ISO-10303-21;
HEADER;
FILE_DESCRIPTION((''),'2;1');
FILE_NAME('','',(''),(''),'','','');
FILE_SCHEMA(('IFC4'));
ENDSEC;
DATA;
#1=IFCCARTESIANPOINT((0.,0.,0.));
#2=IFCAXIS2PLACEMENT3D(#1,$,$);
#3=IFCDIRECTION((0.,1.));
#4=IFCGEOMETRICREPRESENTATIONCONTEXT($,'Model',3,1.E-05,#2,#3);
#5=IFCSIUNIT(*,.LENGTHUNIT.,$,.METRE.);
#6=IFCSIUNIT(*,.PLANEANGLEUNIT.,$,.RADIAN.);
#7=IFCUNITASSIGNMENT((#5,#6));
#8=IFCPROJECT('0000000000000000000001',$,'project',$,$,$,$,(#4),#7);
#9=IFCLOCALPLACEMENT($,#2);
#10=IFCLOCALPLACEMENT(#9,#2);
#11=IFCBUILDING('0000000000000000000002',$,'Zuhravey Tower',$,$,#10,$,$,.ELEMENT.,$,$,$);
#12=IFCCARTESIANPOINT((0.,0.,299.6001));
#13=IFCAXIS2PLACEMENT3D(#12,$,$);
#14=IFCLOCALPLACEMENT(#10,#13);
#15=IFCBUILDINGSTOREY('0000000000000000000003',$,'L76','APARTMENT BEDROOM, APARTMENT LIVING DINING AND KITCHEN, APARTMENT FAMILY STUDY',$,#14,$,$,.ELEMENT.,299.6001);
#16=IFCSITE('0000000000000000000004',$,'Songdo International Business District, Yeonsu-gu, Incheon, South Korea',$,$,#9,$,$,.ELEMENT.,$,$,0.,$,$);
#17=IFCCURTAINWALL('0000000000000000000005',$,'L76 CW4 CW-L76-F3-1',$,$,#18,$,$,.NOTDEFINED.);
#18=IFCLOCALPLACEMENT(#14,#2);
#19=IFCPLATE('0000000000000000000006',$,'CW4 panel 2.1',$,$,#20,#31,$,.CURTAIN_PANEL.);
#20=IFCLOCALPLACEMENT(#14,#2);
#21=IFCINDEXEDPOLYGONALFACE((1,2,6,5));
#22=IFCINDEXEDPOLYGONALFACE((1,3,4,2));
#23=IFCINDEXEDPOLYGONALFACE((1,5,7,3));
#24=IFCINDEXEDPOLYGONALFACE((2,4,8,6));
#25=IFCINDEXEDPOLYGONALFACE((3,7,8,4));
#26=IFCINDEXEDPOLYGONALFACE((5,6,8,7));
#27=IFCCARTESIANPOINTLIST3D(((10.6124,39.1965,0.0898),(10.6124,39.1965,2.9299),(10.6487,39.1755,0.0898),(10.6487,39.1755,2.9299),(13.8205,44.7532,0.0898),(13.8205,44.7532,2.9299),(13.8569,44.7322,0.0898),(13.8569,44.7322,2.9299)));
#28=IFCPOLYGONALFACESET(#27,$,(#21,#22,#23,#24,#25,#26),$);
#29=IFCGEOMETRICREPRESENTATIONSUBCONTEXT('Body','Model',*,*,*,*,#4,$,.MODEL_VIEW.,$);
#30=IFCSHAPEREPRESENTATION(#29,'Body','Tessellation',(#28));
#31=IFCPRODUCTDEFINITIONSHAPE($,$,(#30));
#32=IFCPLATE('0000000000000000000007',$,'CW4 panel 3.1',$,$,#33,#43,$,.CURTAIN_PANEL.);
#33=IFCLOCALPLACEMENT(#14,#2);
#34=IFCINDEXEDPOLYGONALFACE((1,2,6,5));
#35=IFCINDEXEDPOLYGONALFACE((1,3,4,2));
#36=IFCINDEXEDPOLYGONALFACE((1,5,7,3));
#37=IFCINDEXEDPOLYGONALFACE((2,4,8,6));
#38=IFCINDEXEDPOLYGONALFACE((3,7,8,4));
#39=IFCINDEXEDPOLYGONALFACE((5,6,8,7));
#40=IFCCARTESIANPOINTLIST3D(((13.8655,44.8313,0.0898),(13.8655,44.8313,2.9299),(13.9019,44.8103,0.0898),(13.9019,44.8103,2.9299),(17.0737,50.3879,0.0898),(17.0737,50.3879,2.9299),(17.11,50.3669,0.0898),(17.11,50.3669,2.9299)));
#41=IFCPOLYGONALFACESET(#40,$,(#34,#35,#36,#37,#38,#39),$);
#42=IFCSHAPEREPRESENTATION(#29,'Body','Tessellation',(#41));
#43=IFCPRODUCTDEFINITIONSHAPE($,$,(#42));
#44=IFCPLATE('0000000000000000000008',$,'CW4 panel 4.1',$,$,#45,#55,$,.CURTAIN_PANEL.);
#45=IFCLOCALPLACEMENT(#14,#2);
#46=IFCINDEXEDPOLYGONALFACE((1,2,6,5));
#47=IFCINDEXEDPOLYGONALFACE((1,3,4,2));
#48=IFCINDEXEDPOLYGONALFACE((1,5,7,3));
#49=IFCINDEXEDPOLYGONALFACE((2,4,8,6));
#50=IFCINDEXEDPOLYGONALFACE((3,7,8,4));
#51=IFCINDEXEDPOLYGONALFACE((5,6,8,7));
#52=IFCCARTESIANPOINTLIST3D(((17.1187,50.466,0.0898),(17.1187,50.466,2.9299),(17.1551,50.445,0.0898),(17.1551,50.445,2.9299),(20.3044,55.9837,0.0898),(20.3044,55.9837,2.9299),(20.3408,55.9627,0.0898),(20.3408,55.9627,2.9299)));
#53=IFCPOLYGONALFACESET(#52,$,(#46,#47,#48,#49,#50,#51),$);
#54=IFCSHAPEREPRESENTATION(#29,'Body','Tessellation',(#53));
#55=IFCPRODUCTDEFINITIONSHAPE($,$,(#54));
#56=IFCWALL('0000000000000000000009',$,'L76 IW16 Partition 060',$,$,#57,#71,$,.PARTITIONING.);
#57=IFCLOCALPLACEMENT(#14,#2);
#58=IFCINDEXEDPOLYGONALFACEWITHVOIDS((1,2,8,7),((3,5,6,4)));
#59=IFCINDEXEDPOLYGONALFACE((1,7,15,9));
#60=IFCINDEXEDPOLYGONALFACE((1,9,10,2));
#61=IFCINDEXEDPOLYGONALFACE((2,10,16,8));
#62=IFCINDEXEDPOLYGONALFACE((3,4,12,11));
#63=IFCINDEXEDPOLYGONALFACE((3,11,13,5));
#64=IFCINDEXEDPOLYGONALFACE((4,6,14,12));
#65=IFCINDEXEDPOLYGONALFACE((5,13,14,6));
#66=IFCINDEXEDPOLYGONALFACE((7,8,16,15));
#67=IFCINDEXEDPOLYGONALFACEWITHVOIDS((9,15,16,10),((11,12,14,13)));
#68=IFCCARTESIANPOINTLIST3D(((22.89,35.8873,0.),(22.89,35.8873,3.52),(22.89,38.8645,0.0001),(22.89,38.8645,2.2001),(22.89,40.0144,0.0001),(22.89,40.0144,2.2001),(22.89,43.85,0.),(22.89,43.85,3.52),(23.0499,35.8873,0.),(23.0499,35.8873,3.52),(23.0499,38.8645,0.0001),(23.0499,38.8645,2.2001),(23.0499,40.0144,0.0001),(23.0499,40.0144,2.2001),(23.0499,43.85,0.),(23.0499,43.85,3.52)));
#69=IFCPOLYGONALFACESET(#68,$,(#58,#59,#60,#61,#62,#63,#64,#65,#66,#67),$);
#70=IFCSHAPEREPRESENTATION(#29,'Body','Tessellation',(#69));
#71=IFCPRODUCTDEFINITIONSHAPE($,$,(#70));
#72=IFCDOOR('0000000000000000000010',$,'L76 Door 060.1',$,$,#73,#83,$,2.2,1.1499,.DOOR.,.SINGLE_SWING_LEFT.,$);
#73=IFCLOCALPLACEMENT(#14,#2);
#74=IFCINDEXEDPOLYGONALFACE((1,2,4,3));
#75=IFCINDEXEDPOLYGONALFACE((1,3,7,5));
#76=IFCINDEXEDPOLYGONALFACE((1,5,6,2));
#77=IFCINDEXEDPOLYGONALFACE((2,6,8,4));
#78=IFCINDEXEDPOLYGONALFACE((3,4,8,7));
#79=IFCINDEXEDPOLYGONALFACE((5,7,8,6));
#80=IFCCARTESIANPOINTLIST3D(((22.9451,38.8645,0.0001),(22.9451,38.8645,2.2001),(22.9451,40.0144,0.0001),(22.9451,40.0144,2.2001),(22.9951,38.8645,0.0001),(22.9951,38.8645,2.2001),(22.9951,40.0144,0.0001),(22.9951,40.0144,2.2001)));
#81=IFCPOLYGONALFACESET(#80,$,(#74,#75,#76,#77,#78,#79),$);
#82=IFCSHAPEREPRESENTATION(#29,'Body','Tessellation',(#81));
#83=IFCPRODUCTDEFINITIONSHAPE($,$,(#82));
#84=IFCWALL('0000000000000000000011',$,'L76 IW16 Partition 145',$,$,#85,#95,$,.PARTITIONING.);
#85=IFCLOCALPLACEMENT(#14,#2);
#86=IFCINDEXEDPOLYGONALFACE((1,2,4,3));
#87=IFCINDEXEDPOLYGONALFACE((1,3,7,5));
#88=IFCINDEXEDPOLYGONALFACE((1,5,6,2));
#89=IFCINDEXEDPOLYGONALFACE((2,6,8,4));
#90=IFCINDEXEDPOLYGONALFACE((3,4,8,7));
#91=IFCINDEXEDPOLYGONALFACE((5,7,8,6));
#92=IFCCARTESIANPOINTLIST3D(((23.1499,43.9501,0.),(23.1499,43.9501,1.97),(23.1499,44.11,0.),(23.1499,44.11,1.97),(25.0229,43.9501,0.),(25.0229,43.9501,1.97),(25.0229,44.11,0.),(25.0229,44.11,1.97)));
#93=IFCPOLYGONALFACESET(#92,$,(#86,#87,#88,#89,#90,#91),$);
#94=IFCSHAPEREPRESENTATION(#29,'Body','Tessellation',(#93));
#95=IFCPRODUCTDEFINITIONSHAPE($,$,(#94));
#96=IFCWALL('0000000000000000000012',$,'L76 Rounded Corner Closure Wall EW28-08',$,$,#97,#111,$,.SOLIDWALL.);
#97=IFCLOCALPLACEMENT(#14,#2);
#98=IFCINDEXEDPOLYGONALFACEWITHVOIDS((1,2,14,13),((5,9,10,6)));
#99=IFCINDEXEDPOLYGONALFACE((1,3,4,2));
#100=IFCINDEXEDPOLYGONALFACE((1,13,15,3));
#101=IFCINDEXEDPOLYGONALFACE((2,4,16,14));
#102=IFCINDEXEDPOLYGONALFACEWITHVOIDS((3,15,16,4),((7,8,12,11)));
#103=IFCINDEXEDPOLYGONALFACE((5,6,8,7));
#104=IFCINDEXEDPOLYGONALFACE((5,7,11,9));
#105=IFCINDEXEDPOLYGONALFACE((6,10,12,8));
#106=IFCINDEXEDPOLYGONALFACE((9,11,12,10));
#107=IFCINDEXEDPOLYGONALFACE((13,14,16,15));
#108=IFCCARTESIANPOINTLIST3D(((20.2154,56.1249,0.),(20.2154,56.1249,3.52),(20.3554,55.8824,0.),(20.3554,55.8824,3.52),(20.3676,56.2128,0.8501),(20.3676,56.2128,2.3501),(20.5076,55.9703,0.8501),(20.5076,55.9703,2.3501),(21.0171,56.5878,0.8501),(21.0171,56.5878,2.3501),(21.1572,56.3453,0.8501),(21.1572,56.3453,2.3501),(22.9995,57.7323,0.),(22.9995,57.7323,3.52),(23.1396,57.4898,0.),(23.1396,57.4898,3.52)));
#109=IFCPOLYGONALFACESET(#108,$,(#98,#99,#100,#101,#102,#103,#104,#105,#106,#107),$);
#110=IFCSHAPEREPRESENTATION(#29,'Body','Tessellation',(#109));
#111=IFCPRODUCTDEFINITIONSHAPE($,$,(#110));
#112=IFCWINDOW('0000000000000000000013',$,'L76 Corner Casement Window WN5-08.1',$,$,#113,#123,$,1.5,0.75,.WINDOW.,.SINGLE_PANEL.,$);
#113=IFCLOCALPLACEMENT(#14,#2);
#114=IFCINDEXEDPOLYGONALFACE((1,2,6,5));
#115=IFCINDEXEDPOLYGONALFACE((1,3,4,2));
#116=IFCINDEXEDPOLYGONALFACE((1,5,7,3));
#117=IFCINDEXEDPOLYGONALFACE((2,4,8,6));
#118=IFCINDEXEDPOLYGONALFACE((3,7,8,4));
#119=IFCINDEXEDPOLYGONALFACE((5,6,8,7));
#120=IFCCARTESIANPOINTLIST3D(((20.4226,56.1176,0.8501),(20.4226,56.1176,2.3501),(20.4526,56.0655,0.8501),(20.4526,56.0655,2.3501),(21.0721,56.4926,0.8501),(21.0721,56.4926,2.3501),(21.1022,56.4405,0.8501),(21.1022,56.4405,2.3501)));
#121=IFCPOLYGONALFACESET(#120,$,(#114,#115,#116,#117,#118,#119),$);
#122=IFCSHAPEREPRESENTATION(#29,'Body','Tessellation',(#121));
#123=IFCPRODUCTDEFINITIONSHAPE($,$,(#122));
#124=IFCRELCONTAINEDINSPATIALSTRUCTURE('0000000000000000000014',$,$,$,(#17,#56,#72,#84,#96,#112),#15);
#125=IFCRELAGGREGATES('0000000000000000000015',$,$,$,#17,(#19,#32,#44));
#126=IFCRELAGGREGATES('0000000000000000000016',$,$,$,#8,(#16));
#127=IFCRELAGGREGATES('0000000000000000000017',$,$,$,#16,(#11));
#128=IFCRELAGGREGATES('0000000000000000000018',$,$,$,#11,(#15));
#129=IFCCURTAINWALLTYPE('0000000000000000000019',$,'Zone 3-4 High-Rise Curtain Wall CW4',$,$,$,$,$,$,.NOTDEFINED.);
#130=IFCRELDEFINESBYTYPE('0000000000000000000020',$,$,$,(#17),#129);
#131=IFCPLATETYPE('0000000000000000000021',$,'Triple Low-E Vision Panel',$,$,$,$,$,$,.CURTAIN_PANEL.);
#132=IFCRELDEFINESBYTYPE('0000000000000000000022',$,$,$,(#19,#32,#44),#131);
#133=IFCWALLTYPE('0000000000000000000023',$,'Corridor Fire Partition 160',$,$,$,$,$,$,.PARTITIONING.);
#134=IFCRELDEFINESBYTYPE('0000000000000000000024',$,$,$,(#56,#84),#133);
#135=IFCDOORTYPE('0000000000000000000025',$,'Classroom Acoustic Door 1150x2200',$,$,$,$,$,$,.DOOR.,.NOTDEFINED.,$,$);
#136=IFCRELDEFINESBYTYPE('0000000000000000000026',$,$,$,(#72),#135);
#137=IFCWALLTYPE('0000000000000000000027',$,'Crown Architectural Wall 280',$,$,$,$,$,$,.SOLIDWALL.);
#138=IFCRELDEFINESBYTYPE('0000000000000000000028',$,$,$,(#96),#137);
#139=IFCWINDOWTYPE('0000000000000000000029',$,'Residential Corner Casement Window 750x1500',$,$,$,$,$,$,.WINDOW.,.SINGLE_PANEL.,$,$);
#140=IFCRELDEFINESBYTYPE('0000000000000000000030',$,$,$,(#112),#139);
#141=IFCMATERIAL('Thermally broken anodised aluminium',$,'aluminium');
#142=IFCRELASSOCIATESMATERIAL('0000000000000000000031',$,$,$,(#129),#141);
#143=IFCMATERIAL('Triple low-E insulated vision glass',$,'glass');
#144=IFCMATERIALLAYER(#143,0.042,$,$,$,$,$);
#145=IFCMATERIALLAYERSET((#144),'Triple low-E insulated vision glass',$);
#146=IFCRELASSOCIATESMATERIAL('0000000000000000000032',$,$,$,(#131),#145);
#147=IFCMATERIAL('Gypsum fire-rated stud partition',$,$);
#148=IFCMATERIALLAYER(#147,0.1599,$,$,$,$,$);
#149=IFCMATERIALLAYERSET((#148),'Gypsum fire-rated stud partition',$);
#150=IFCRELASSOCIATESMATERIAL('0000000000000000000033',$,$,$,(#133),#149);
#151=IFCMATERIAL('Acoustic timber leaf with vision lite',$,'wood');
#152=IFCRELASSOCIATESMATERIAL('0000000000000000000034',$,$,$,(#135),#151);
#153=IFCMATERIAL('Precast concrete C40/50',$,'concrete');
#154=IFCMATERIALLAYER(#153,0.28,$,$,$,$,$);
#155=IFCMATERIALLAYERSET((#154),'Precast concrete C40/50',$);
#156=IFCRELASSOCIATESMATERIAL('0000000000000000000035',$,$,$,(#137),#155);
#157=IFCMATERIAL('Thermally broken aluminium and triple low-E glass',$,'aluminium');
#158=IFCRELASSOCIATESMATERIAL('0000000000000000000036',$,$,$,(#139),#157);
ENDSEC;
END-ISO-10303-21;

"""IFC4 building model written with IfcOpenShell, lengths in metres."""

from ifc_helpers import new_model, si_unit, direction, frame, frame_2d, origin, origin_2d, place, context, subcontext, project, spatial, rectangle, extrude, material, layer, layer_set, type_object, element, fill, aggregate, save


model = new_model("IFC4")

# Units and contexts
model_context = context("Model", 3, precision=1e-05, world=origin(), true_north=direction((0.0, 1.0)))
body_context = subcontext(model_context, "Body", "Model", "MODEL_VIEW")
ifc_project = project(units=[si_unit("LENGTHUNIT", "METRE"), si_unit("PLANEANGLEUNIT", "RADIAN")], contexts=[model_context])

# Site, building, storey
site_placement = place(None, origin())
site = spatial("IfcSite", under=ifc_project, at=site_placement, Name="Songdo International Business District, Yeonsu-gu, Incheon, South Korea", CompositionType="ELEMENT", RefElevation=0.0)
building_placement = place(site_placement, origin())
building = spatial("IfcBuilding", under=site, at=building_placement, Name="Zuhravey Tower", CompositionType="ELEMENT")
storey_placement = place(building_placement, frame((0.0, 0.0, 299.6001)))
storey = spatial("IfcBuildingStorey", under=building, at=storey_placement, Name="L76", Description="APARTMENT BEDROOM, APARTMENT LIVING DINING AND KITCHEN, APARTMENT FAMILY STUDY", CompositionType="ELEMENT", Elevation=299.6001)

# Curtain wall
ifc_material_1 = material(Name="Thermally broken anodised aluminium", Category="aluminium")
curtain_wall_type = type_object("IfcCurtainWallType", Name="Zone 3-4 High-Rise Curtain Wall CW4", PredefinedType="NOTDEFINED", material=ifc_material_1)
curtain_wall_1_placement = place(storey_placement, origin())
curtain_wall_1 = element("IfcCurtainWall", 1, at=curtain_wall_1_placement, inside=storey, type_object=curtain_wall_type, Name="L76 CW4 CW-L76-F3-1", PredefinedType="NOTDEFINED")

# Plates
ifc_material_2 = material(Name="Triple low-E insulated vision glass", Category="glass")
ifc_layer_1 = layer(ifc_material_2, 0.042)
ifc_layer_set_1 = layer_set([ifc_layer_1], Name="Triple low-E insulated vision glass")
plate_type_1 = type_object("IfcPlateType", Name="Triple Low-E Vision Panel", PredefinedType="CURTAIN_PANEL", material=ifc_layer_set_1)
plate_1_placement = place(storey_placement, frame((12.2346, 41.9644, 0.0898), z_axis=(0.0, 0.0, 1.0), x_axis=(0.500001, 0.866025, 0.0)))
plate_1 = element("IfcPlate", 2, at=plate_1_placement, type_object=plate_type_1, Name="CW4 panel 2.1", PredefinedType="CURTAIN_PANEL", context=body_context, shape_type="SweptSolid", body=[
    extrude(rectangle(XDim=6.4163, YDim=0.042, at=origin_2d()), origin(), (0.0, 0.0, 1.0), 2.8401),
])
plate_2_placement = place(storey_placement, frame((15.4878, 47.5991, 0.0898), z_axis=(0.0, 0.0, 1.0), x_axis=(0.500001, 0.866025, 0.0)))
plate_2 = element("IfcPlate", 3, at=plate_2_placement, type_object=plate_type_1, Name="CW4 panel 3.1", PredefinedType="CURTAIN_PANEL", context=body_context, shape_type="SweptSolid", body=[
    extrude(rectangle(XDim=6.4163, YDim=0.042, at=origin_2d()), origin(), (0.0, 0.0, 1.0), 2.8401),
])
plate_3_placement = place(storey_placement, frame((18.7297, 53.2144, 0.0898), z_axis=(0.0, 0.0, 1.0), x_axis=(0.500001, 0.866025, 0.0)))
plate_3 = element("IfcPlate", 4, at=plate_3_placement, type_object=plate_type_1, Name="CW4 panel 4.1", PredefinedType="CURTAIN_PANEL", context=body_context, shape_type="SweptSolid", body=[
    extrude(rectangle(XDim=6.3713, YDim=0.042, at=origin_2d()), origin(), (0.0, 0.0, 1.0), 2.8401),
])
aggregate(curtain_wall_1, [plate_1, plate_2, plate_3])

# Wall, opening, door
ifc_material_3 = material(Name="Gypsum fire-rated stud partition")
ifc_layer_2 = layer(ifc_material_3, 0.1599)
ifc_layer_set_2 = layer_set([ifc_layer_2], Name="Gypsum fire-rated stud partition")
wall_type_1 = type_object("IfcWallType", Name="Corridor Fire Partition 160", PredefinedType="PARTITIONING", material=ifc_layer_set_2)
wall_1_placement = place(storey_placement, frame((22.97, 43.8501, 0.0), z_axis=(0.0, 0.0, 1.0), x_axis=(0.0, -1.0, 0.0)))
wall_1 = element("IfcWall", 5, at=wall_1_placement, inside=storey, type_object=wall_type_1, Name="L76 IW16 Partition 060", PredefinedType="PARTITIONING", context=body_context, shape_type="SweptSolid", body=[
    extrude(rectangle(XDim=7.9626, YDim=0.1599, at=frame_2d((3.9814, 0.0))), origin(), (0.0, 0.0, 1.0), 3.52),
])
opening_1_placement = place(wall_1_placement, frame((3.8357, 0.0, 0.0)))
opening_1 = element("IfcOpeningElement", 6, at=opening_1_placement, cuts=wall_1, PredefinedType="OPENING", context=body_context, shape_type="SweptSolid", body=[
    extrude(rectangle(XDim=1.1499, YDim=2.2, at=frame_2d((0.575, 1.1001))), frame((0.0, 0.092, 0.0), z_axis=(0.0, -1.0, 0.0), x_axis=(1.0, 0.0, 0.0)), (0.0, 0.0, 1.0), 0.1838),
])
ifc_material_4 = material(Name="Acoustic timber leaf with vision lite", Category="wood")
door_type = type_object("IfcDoorType", Name="Classroom Acoustic Door 1150x2200", OperationType="NOTDEFINED", PredefinedType="DOOR", material=ifc_material_4)
door_placement = place(opening_1_placement, frame((1.1499, 0.0, 0.0), z_axis=(0.0, 0.0, 1.0), x_axis=(-1.0, 0.0, 0.0)))
door = element("IfcDoor", 7, at=door_placement, inside=storey, type_object=door_type, Name="L76 Door 060.1", OperationType="SINGLE_SWING_LEFT", OverallHeight=2.2, OverallWidth=1.1499, PredefinedType="DOOR", context=body_context, shape_type="SweptSolid", body=[
    extrude(rectangle(XDim=1.1499, YDim=2.2, at=frame_2d((0.575, 1.1001))), frame((0.0, 0.0249, 0.0), z_axis=(0.0, -1.0, 0.0), x_axis=(1.0, 0.0, 0.0)), (0.0, 0.0, 1.0), 0.05),
])
fill(opening_1, door)

# Wall
wall_2_placement = place(storey_placement, frame((25.0229, 44.03, 0.0), z_axis=(0.0, 0.0, 1.0), x_axis=(-1.0, 0.0, 0.0)))
element("IfcWall", 8, at=wall_2_placement, inside=storey, type_object=wall_type_1, Name="L76 IW16 Partition 145", PredefinedType="PARTITIONING", context=body_context, shape_type="SweptSolid", body=[
    extrude(rectangle(XDim=1.873, YDim=0.1599, at=frame_2d((0.9365, 0.0))), origin(), (0.0, 0.0, 1.0), 1.97),
])

# Wall, opening, window
ifc_material_5 = material(Name="Precast concrete C40/50", Category="concrete")
ifc_layer_3 = layer(ifc_material_5, 0.28)
ifc_layer_set_3 = layer_set([ifc_layer_3], Name="Precast concrete C40/50")
wall_type_2 = type_object("IfcWallType", Name="Crown Architectural Wall 280", PredefinedType="SOLIDWALL", material=ifc_layer_set_3)
wall_3_placement = place(storey_placement, frame((20.2854, 56.0037, 0.0), z_axis=(0.0, 0.0, 1.0), x_axis=(0.866029, 0.499994, 0.0)))
wall_3 = element("IfcWall", 9, at=wall_3_placement, inside=storey, type_object=wall_type_2, Name="L76 Rounded Corner Closure Wall EW28-08", PredefinedType="SOLIDWALL", context=body_context, shape_type="SweptSolid", body=[
    extrude(rectangle(XDim=3.2148, YDim=0.28, at=frame_2d((1.6074, 0.0))), origin(), (0.0, 0.0, 1.0), 3.52),
])
opening_2_placement = place(wall_3_placement, frame((0.1758, 0.0, 0.8501)))
opening_2 = element("IfcOpeningElement", 10, at=opening_2_placement, cuts=wall_3, PredefinedType="OPENING", context=body_context, shape_type="SweptSolid", body=[
    extrude(rectangle(XDim=0.75, YDim=1.5, at=frame_2d((0.375, 0.75))), frame((0.0, 0.1521, 0.0), z_axis=(0.0, -1.0, 0.0), x_axis=(1.0, 0.0, 0.0)), (0.0, 0.0, 1.0), 0.304),
])
ifc_material_6 = material(Name="Thermally broken aluminium and triple low-E glass", Category="aluminium")
window_type = type_object("IfcWindowType", Name="Residential Corner Casement Window 750x1500", PartitioningType="SINGLE_PANEL", PredefinedType="WINDOW", material=ifc_material_6)
window_placement = place(opening_2_placement, origin())
window = element("IfcWindow", 11, at=window_placement, inside=storey, type_object=window_type, Name="L76 Corner Casement Window WN5-08.1", OverallHeight=1.5, OverallWidth=0.75, PartitioningType="SINGLE_PANEL", PredefinedType="WINDOW", context=body_context, shape_type="SweptSolid", body=[
    extrude(rectangle(XDim=0.75, YDim=1.5, at=frame_2d((0.375, 0.75))), frame((0.0, 0.03, 0.0), z_axis=(0.0, -1.0, 0.0), x_axis=(1.0, 0.0, 0.0)), (0.0, 0.0, 1.0), 0.0601),
])
fill(opening_2, window)

save(model, "model.ifc")
